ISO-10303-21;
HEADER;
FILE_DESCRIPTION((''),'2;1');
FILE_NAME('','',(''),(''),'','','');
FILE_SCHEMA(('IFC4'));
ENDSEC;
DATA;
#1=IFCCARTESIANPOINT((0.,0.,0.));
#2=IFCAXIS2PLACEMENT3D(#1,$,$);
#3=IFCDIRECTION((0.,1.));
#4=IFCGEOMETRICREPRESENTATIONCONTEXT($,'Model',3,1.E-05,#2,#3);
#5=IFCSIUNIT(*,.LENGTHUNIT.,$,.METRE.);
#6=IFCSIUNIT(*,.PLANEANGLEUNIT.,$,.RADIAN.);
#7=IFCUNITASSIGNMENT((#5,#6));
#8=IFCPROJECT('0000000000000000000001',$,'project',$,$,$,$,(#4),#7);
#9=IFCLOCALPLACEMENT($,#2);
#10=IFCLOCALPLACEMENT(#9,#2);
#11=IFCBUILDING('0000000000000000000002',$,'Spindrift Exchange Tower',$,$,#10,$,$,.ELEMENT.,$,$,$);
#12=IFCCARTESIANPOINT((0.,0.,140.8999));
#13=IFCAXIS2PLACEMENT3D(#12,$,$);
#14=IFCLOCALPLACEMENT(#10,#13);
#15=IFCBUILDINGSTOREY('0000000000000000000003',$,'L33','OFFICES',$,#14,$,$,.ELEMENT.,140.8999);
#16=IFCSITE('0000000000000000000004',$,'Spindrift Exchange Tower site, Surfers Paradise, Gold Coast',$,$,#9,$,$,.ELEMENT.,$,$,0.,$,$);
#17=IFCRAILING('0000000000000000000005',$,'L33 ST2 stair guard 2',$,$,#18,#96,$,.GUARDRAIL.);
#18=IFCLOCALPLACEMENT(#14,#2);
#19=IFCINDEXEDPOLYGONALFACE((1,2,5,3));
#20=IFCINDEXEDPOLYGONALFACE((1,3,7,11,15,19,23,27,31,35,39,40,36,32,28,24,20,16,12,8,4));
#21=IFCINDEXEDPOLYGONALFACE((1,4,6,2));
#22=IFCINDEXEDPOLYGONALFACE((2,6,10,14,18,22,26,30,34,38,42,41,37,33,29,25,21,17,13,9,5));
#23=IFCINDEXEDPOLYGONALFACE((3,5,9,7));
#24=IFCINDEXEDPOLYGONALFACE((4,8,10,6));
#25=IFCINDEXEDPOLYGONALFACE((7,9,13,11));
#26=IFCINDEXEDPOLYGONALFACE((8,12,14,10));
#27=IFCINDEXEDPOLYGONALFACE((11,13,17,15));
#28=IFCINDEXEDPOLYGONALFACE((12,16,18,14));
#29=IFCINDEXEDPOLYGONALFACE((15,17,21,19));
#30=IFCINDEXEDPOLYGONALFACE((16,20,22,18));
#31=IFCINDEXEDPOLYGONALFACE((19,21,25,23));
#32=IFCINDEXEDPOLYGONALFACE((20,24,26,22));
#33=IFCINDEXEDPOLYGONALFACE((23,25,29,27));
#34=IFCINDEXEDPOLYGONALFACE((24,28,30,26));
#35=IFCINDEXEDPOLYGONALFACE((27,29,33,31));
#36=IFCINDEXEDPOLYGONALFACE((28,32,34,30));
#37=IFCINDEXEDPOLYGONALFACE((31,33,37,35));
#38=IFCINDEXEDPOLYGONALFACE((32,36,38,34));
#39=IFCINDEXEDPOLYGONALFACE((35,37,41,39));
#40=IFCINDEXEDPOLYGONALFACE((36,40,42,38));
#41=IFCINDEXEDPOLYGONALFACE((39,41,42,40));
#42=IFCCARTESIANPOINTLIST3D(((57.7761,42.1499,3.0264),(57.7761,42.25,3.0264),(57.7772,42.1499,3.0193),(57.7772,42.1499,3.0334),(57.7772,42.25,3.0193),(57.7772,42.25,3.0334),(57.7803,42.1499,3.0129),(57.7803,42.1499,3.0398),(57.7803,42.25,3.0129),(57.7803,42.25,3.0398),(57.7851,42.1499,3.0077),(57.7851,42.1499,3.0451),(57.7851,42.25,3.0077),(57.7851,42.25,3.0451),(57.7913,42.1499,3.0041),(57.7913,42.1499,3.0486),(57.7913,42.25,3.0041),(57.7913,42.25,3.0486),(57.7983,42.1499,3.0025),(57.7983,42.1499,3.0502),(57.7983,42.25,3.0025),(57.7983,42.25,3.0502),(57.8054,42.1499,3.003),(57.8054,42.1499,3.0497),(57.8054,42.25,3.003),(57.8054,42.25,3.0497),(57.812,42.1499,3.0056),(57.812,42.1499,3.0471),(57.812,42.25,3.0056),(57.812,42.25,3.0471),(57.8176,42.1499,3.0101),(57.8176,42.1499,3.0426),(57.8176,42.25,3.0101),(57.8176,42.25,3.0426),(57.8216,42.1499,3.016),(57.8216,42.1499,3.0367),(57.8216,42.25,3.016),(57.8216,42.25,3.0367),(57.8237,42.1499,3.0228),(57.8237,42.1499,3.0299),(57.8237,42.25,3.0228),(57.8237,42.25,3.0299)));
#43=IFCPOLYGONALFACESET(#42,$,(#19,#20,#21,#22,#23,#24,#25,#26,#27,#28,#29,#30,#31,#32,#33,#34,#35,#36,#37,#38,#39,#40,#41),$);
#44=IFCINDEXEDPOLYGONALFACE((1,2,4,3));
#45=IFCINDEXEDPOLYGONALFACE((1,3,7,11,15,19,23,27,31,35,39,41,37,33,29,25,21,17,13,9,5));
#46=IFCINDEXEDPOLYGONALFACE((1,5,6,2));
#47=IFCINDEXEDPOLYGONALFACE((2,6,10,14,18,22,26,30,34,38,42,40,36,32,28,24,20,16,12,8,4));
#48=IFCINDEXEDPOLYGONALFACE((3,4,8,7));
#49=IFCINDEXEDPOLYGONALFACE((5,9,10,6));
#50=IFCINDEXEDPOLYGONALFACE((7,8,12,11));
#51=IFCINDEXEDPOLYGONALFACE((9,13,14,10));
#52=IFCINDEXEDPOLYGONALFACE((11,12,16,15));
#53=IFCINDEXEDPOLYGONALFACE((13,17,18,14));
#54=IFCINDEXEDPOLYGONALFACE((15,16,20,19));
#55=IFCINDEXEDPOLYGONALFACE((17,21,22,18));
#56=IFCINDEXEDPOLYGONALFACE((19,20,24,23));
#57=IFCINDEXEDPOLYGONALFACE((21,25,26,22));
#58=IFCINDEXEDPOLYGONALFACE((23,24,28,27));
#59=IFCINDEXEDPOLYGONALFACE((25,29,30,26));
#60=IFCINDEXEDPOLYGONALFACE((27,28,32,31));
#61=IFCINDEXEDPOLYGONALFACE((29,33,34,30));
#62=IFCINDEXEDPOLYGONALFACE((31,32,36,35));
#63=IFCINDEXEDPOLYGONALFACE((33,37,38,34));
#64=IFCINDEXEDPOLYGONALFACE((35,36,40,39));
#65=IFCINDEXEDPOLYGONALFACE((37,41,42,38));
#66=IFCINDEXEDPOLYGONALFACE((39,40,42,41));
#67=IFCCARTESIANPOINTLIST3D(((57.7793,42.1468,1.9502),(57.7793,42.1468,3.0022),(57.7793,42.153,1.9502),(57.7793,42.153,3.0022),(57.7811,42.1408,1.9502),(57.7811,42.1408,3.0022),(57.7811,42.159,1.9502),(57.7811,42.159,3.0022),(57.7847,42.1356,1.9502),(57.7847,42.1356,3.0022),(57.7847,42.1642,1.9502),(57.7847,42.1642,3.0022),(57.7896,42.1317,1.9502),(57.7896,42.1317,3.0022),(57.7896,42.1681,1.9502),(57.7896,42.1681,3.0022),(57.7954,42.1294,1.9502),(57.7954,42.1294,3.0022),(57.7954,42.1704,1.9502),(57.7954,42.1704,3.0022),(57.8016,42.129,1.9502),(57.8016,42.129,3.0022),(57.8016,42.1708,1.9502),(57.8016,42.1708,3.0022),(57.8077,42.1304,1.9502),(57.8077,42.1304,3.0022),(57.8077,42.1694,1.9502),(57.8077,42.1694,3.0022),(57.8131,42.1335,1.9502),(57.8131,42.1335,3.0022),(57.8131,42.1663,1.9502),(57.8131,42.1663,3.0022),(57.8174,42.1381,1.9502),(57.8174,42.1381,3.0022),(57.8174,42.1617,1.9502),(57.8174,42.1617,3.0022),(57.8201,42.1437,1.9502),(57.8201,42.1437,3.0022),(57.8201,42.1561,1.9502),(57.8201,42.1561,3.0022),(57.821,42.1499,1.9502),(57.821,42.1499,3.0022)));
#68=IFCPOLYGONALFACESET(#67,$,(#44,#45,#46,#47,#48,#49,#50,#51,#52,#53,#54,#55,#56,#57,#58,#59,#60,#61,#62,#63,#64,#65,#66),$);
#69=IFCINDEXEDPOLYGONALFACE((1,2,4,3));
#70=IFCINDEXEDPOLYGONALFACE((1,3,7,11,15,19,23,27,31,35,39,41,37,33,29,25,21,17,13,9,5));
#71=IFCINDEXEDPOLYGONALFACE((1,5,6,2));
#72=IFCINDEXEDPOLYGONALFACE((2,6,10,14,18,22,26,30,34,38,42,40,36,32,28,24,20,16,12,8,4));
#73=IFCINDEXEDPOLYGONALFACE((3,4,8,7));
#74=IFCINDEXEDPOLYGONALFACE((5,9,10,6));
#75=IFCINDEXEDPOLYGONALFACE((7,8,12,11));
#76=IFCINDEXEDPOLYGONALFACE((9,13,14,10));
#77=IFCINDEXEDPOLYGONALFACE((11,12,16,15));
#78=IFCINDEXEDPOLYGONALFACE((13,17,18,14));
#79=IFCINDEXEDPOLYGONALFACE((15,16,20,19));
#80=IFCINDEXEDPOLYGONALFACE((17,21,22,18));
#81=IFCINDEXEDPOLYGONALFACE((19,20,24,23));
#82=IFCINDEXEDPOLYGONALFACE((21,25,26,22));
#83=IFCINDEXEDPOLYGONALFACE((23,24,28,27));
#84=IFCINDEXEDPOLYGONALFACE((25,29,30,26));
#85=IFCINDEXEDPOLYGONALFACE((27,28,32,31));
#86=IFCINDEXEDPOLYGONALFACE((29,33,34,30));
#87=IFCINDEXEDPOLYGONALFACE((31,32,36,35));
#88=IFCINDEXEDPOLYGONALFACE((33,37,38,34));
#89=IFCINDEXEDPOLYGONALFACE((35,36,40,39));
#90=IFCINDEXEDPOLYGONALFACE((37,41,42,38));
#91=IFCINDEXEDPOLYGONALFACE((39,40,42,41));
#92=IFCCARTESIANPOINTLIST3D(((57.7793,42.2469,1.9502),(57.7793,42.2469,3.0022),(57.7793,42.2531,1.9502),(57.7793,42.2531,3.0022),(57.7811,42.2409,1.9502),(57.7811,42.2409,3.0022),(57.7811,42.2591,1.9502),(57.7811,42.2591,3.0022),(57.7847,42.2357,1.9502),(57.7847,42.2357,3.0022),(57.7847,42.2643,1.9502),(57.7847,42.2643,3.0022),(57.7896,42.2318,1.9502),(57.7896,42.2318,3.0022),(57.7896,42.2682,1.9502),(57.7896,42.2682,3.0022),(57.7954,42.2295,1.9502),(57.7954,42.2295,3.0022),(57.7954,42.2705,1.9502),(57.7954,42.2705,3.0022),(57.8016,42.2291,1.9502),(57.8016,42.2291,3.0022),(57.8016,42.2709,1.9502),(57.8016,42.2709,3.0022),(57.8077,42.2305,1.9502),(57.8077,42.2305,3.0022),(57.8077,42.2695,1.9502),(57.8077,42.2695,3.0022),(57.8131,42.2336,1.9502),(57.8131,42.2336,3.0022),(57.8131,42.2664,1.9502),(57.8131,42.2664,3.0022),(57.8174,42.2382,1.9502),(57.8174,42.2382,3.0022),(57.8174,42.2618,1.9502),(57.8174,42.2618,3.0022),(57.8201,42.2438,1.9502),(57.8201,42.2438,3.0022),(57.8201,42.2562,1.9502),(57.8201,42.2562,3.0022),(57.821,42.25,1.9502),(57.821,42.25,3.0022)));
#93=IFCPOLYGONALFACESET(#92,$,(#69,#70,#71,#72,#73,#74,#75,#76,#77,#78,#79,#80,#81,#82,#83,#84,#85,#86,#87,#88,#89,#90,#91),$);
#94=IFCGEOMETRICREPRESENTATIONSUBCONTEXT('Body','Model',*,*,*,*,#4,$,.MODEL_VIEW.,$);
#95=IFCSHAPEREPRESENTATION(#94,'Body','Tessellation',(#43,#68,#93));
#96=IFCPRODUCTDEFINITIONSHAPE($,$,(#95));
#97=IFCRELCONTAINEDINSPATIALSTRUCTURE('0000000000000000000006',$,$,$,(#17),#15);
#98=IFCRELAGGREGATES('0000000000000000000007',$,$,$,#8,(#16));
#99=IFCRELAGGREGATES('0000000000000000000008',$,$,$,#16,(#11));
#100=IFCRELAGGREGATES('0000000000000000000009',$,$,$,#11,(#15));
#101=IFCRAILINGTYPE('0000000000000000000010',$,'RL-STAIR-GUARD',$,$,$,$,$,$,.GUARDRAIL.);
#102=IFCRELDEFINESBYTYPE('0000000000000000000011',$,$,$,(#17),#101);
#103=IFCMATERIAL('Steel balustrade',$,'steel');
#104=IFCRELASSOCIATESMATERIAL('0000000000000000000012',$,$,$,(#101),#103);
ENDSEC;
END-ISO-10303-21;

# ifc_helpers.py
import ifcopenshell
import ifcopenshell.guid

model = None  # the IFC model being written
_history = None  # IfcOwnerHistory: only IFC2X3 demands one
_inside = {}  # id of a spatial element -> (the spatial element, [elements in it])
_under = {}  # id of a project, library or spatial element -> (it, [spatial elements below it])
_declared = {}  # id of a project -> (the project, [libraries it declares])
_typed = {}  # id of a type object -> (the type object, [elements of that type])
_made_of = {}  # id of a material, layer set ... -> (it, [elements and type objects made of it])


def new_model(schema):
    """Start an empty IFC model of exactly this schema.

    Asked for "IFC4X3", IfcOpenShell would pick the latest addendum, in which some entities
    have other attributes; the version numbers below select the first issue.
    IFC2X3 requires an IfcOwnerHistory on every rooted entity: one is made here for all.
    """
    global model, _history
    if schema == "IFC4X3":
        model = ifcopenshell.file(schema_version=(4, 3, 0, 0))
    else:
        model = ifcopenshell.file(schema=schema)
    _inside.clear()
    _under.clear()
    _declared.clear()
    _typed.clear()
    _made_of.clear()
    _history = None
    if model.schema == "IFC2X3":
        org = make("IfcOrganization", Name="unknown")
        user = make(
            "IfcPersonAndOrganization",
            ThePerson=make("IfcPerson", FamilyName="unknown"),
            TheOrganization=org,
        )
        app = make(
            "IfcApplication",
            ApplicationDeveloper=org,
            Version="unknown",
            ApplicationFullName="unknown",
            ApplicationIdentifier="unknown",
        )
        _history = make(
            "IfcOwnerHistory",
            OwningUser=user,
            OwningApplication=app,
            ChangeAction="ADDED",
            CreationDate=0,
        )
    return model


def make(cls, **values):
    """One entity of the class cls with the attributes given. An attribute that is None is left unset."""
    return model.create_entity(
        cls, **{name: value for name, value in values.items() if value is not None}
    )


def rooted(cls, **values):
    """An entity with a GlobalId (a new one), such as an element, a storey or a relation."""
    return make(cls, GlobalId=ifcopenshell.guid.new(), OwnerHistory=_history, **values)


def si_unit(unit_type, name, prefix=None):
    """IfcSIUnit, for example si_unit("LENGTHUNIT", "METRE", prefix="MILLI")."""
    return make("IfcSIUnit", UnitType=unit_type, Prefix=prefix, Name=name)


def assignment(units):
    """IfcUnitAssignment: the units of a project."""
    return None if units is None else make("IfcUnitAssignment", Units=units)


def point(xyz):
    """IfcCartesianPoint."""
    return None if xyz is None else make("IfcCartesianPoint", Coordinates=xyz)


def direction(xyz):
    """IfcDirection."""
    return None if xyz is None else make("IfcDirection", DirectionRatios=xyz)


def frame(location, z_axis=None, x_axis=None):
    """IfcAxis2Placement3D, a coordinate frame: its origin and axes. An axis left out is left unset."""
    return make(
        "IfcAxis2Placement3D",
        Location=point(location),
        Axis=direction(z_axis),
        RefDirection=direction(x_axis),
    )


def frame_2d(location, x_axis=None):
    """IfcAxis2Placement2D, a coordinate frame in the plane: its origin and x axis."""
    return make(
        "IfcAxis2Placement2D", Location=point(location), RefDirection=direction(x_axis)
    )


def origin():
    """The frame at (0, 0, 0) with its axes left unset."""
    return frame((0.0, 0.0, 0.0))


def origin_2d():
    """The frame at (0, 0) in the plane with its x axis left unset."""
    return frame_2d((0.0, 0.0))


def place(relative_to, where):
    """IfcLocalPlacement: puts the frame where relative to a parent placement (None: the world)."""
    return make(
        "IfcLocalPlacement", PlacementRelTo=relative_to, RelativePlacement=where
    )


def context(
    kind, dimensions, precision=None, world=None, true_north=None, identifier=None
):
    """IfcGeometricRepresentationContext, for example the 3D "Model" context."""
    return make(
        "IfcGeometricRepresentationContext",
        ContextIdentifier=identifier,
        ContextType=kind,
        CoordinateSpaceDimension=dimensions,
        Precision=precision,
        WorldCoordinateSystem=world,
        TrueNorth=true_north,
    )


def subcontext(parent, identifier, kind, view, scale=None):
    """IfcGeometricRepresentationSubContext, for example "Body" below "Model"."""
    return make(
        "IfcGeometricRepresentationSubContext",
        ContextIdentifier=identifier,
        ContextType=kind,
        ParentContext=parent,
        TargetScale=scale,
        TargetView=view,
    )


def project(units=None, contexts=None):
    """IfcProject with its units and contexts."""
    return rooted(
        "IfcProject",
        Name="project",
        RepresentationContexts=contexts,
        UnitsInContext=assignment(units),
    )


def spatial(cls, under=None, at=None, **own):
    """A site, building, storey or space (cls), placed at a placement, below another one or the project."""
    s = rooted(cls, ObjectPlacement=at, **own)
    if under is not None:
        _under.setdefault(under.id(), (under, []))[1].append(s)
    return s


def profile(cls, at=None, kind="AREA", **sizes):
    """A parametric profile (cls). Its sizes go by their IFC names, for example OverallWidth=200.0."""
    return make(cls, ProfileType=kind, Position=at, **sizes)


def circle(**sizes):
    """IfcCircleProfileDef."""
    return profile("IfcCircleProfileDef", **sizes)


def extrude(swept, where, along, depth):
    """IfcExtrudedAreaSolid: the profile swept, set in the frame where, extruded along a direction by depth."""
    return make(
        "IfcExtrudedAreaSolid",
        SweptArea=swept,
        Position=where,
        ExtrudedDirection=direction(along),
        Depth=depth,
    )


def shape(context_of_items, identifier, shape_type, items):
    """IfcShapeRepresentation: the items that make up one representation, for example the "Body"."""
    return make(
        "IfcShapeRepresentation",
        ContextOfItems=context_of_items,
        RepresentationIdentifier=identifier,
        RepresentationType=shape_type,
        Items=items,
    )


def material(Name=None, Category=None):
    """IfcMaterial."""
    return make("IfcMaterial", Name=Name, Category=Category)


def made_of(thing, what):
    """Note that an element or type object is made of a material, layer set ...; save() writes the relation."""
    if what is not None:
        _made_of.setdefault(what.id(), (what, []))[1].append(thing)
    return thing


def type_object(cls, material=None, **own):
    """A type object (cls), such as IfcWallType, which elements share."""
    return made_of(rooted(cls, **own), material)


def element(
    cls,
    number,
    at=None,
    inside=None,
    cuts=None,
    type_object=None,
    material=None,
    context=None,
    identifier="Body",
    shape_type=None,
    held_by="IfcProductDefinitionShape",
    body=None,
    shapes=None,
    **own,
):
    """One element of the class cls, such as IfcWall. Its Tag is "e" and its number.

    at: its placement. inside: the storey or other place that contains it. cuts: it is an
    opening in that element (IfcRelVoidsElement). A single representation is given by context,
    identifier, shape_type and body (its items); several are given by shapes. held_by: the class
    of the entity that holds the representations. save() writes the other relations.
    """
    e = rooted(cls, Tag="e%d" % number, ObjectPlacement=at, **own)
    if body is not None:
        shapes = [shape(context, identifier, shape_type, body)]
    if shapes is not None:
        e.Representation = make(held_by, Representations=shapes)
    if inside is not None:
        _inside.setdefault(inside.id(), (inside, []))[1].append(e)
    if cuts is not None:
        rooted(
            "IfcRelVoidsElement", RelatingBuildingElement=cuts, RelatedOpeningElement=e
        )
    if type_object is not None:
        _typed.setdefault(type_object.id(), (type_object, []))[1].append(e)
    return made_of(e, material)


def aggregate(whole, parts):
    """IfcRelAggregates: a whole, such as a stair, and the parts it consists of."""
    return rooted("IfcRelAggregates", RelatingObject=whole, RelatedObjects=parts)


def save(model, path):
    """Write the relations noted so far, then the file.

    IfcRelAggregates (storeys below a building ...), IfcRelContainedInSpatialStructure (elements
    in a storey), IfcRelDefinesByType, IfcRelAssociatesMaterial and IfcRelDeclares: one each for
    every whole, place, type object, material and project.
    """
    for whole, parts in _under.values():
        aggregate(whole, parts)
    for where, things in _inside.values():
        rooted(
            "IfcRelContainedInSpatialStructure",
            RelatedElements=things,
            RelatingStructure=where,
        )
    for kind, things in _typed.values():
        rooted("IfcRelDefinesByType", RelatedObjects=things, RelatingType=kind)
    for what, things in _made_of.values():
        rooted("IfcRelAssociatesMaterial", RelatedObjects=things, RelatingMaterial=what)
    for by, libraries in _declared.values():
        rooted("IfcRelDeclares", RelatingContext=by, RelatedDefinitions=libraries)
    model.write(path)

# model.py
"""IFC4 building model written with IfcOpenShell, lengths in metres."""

from ifc_helpers import new_model, si_unit, direction, frame, origin, origin_2d, place, context, subcontext, project, spatial, circle, extrude, material, type_object, element, save


model = new_model("IFC4")

# Units and contexts
model_context = context("Model", 3, precision=1e-05, world=origin(), true_north=direction((0.0, 1.0)))
body_context = subcontext(model_context, "Body", "Model", "MODEL_VIEW")
ifc_project = project(units=[si_unit("LENGTHUNIT", "METRE"), si_unit("PLANEANGLEUNIT", "RADIAN")], contexts=[model_context])

# Site, building, storey
site_placement = place(None, origin())
site = spatial("IfcSite", under=ifc_project, at=site_placement, Name="Spindrift Exchange Tower site, Surfers Paradise, Gold Coast", CompositionType="ELEMENT", RefElevation=0.0)
building_placement = place(site_placement, origin())
building = spatial("IfcBuilding", under=site, at=building_placement, Name="Spindrift Exchange Tower", CompositionType="ELEMENT")
storey_placement = place(building_placement, frame((0.0, 0.0, 140.8999)))
storey = spatial("IfcBuildingStorey", under=building, at=storey_placement, Name="L33", Description="OFFICES", CompositionType="ELEMENT", Elevation=140.8999)

# Railing
ifc_material_1 = material(Name="Steel balustrade", Category="steel")
railing_type_1 = type_object("IfcRailingType", Name="RL-STAIR-GUARD", PredefinedType="GUARDRAIL", material=ifc_material_1)
railing_1_placement = place(storey_placement, frame((57.8, 42.1499, 1.9502)))
element("IfcRailing", 1, at=railing_1_placement, inside=storey, type_object=railing_type_1, Name="L33 ST2 stair guard 2", PredefinedType="GUARDRAIL", context=body_context, shape_type="SweptSolid", body=[
    extrude(circle(Radius=0.0239, at=origin_2d()), frame((0.0, 0.0, 1.0762), z_axis=(0.0, 1.0, 0.0), x_axis=(-1.0, 0.0, 0.0)), (0.0, 0.0, 1.0), 0.1001),
    extrude(circle(Radius=0.021, at=origin_2d()), origin(), (0.0, 0.0, 1.0), 1.052),
    extrude(circle(Radius=0.021, at=origin_2d()), frame((0.0, 0.1001, 0.0)), (0.0, 0.0, 1.0), 1.052),
])

save(model, "model.ifc")
